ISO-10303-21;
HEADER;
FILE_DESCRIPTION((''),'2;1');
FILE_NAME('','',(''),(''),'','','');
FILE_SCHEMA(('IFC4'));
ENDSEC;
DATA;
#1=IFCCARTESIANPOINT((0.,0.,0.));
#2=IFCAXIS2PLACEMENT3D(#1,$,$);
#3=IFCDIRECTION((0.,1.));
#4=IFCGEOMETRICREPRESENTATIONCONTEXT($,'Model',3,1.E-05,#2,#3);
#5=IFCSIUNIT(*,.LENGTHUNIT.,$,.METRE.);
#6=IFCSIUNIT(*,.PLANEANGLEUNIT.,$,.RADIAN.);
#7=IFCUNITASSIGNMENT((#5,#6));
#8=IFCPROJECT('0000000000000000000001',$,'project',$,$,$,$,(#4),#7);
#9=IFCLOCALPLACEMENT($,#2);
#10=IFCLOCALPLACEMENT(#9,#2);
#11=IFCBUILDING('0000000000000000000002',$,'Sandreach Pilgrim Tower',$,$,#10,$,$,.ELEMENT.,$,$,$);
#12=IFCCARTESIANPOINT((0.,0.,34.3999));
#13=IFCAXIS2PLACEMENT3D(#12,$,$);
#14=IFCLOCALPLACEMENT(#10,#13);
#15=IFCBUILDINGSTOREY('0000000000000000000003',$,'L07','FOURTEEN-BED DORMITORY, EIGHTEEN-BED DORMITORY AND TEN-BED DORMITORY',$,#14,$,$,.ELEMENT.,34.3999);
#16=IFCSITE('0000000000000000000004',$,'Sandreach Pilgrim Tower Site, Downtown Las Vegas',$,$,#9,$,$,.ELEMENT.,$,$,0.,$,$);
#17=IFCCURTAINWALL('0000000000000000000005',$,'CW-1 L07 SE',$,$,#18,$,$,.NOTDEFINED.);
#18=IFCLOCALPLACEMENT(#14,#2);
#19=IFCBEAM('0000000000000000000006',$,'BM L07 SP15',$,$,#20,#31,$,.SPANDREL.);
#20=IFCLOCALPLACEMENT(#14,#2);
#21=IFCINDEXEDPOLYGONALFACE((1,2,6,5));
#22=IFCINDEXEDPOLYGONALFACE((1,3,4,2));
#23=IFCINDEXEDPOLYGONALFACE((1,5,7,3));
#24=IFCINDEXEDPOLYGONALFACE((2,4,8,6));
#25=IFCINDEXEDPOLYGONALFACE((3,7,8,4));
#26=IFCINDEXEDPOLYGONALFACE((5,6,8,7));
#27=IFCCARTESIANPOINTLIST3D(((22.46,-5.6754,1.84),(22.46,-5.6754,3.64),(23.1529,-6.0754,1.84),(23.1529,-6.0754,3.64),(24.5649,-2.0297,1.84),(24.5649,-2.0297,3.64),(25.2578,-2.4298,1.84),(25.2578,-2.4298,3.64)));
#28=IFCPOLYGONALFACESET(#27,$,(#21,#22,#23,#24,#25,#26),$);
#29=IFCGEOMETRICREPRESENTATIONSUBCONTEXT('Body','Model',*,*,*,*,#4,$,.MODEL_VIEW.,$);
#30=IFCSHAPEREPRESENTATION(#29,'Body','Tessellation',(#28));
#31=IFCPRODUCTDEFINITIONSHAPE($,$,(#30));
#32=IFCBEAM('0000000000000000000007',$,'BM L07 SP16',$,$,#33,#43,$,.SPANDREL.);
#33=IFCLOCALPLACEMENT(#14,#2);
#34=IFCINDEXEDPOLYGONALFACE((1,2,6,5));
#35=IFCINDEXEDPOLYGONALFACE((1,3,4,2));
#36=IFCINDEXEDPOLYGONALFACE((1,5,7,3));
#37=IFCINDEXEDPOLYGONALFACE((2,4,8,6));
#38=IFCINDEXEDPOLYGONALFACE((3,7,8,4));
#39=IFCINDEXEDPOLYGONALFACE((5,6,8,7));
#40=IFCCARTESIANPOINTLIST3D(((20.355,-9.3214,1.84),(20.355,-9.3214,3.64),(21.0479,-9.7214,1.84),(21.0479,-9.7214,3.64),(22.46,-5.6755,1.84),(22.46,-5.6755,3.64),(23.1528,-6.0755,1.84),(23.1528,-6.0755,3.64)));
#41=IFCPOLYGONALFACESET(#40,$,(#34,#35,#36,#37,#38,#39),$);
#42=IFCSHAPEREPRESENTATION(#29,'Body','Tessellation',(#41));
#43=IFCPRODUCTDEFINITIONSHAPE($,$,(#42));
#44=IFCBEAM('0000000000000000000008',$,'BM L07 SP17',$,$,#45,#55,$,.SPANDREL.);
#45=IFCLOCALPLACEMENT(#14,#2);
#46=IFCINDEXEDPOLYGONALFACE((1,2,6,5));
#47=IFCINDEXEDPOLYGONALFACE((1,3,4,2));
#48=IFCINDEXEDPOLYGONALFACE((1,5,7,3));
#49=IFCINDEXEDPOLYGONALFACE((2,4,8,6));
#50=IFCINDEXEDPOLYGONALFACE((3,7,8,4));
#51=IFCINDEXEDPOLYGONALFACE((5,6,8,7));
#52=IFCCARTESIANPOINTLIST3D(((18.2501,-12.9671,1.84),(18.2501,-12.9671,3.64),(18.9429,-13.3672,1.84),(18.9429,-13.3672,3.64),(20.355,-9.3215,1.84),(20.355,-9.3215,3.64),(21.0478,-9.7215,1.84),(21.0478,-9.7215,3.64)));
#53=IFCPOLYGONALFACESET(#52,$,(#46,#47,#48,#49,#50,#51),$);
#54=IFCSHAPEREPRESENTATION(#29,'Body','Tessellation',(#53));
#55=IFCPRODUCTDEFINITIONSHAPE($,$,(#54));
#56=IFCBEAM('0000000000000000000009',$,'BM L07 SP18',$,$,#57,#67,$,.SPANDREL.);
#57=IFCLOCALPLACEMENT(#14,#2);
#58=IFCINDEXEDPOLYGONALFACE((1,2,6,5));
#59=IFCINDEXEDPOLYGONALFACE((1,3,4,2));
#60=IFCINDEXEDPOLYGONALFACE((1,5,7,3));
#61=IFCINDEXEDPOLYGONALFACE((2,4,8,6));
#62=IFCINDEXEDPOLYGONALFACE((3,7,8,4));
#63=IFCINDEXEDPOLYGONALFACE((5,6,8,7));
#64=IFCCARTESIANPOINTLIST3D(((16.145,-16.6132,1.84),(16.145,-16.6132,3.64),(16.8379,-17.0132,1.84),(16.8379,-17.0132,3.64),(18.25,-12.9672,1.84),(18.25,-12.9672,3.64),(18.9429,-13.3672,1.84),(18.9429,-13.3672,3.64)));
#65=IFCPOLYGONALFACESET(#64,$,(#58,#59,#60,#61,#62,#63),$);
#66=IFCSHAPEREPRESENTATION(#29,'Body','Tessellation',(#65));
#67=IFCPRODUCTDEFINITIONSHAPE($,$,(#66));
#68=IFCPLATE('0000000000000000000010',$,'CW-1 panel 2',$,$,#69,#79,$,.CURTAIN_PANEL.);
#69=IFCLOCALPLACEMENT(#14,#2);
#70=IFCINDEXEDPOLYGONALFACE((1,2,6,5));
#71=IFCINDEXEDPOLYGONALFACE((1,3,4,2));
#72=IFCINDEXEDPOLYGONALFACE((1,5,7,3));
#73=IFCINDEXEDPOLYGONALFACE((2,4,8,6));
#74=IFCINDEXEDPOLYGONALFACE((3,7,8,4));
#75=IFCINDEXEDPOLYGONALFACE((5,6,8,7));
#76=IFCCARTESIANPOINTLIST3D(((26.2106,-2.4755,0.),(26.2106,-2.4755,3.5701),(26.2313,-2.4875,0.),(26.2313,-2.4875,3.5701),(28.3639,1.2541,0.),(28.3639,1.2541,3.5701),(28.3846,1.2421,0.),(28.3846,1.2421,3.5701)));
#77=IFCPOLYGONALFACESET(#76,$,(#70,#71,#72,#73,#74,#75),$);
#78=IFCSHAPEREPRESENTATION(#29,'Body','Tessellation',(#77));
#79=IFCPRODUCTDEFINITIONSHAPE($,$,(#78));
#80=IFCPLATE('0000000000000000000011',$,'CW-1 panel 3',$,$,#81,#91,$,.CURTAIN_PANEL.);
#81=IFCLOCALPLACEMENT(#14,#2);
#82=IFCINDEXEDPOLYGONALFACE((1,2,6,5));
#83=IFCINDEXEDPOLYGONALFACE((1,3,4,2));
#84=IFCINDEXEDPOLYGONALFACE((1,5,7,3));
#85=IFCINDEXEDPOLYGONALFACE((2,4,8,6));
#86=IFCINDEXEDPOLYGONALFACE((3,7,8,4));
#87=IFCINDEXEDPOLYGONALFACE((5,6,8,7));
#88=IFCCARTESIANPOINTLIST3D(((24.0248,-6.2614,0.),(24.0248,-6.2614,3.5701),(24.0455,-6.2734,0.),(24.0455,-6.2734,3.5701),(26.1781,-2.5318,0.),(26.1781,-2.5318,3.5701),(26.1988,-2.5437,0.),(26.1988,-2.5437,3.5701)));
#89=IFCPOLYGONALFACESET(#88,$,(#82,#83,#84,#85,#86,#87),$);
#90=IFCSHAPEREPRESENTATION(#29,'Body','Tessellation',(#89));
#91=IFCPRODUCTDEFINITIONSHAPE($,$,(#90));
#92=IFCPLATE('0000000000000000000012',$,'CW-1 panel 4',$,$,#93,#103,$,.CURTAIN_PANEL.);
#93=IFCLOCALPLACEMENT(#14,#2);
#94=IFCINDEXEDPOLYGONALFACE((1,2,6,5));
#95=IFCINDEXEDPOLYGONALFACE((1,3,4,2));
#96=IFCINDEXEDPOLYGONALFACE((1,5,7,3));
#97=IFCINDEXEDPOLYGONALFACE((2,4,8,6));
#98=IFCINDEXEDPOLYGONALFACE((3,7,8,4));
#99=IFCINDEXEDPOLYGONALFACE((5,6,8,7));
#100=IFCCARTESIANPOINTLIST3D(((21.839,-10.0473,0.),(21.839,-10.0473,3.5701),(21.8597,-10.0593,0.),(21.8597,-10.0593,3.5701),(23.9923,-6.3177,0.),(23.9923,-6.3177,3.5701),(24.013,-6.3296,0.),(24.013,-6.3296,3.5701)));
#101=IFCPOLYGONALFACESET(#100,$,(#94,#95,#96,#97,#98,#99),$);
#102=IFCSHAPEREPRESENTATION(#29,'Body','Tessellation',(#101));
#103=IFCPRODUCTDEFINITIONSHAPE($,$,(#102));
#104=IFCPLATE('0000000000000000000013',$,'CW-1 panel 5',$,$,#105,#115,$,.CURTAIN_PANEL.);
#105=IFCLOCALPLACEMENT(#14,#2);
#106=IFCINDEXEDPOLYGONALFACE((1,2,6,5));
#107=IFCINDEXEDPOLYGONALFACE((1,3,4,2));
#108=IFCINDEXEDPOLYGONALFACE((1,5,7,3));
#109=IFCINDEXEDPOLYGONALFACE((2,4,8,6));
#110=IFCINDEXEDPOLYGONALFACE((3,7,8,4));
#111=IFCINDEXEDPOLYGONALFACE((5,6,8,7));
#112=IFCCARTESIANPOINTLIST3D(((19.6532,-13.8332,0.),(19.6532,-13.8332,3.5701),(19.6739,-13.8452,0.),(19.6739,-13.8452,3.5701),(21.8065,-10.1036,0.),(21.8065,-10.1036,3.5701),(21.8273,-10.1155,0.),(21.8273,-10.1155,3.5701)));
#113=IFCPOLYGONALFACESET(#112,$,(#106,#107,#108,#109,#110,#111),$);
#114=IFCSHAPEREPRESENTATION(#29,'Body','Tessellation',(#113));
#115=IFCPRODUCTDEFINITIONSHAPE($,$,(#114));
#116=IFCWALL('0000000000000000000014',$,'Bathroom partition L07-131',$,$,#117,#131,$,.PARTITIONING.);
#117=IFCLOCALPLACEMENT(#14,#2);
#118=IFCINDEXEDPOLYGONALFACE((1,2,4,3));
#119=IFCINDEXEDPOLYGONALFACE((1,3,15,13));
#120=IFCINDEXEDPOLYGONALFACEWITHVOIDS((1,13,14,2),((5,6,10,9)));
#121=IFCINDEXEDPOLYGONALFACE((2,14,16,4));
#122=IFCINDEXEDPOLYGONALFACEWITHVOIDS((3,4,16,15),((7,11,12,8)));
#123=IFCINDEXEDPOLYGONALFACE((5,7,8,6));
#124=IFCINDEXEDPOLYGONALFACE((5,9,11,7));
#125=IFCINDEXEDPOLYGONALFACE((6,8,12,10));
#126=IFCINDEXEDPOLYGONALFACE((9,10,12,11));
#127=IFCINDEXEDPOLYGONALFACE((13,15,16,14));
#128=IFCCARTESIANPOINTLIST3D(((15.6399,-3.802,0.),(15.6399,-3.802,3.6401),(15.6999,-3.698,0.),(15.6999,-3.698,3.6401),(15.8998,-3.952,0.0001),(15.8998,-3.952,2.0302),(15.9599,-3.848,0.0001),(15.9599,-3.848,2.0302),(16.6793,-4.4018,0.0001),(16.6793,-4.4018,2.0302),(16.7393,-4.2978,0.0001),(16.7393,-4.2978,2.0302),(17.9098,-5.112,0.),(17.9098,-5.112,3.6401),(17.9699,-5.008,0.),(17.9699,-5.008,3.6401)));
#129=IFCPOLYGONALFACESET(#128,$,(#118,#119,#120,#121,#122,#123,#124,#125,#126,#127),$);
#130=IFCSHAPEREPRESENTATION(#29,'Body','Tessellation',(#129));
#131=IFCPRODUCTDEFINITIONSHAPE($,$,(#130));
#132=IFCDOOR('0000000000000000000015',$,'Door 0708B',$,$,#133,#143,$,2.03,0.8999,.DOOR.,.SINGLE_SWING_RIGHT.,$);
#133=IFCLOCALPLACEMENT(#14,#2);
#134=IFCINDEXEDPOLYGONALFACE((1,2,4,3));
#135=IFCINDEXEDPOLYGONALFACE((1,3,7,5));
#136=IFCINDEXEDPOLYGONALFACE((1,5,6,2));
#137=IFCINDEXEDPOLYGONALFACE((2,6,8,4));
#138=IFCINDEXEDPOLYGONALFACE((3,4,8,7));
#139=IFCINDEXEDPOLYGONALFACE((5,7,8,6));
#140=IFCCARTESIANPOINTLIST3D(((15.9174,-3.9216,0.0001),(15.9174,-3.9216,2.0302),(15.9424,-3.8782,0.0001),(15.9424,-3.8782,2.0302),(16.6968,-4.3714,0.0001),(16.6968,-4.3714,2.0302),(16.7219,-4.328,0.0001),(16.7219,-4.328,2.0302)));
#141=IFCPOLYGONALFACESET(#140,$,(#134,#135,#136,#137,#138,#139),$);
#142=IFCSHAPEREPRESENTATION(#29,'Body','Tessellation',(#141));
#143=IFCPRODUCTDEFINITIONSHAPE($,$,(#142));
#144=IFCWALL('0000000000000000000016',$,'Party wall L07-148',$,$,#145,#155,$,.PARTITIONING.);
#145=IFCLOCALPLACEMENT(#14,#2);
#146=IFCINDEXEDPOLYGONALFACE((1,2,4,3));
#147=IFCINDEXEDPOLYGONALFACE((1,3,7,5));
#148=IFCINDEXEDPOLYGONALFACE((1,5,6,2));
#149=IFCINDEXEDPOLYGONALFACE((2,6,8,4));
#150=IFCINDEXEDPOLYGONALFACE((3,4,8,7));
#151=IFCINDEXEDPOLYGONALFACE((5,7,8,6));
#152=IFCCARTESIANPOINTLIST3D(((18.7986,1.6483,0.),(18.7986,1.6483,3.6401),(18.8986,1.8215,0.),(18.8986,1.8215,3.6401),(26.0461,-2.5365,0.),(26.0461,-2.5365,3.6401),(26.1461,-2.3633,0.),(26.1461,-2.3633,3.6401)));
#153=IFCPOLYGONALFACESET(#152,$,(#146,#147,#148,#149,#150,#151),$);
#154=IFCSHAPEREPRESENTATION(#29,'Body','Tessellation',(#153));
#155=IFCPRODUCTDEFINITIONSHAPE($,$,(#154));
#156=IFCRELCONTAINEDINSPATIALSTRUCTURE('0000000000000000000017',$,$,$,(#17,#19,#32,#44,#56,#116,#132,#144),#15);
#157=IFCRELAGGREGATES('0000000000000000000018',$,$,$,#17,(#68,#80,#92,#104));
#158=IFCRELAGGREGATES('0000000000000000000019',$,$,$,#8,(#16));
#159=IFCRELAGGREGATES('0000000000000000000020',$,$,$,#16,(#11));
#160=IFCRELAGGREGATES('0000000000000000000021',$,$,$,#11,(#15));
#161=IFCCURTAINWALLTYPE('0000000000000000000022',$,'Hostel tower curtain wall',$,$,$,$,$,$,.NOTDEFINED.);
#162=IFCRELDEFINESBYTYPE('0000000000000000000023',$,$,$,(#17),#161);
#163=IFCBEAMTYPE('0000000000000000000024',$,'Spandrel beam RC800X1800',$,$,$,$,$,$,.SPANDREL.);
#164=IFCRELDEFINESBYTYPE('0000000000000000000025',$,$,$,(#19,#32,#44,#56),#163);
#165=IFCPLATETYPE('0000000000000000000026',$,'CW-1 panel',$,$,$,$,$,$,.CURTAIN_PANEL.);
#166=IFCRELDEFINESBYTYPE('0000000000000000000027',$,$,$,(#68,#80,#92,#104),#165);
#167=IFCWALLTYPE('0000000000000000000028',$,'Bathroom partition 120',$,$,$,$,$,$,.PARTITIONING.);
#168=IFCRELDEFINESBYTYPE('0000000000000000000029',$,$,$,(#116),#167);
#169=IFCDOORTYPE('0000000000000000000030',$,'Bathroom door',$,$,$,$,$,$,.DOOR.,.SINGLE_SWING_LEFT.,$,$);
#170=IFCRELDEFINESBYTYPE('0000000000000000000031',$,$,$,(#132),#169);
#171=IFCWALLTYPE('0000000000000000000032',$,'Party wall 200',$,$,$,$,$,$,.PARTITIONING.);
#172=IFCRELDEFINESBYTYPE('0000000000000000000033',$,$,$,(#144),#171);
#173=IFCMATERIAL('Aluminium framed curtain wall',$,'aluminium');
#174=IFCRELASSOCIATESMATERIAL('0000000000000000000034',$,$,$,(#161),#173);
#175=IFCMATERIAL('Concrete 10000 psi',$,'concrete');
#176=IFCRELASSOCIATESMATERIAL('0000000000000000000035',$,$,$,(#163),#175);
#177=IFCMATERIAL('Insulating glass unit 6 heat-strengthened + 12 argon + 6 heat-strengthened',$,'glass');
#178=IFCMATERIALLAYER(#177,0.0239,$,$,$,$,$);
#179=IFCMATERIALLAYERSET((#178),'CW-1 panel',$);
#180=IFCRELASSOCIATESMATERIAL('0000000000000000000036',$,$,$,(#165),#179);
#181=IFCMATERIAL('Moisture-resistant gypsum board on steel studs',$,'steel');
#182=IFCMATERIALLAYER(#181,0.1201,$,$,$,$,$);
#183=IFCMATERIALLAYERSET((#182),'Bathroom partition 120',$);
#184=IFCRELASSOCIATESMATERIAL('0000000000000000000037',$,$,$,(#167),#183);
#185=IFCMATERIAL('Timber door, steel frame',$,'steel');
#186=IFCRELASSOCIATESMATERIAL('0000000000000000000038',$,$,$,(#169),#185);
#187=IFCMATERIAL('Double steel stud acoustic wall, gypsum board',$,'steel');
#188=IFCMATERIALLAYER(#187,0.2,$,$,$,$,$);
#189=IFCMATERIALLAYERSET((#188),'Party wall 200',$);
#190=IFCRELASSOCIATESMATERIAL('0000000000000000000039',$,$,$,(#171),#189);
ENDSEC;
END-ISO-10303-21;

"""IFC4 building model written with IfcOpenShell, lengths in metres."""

from ifc_helpers import new_model, si_unit, direction, frame, frame_2d, origin, origin_2d, place, context, subcontext, project, spatial, rectangle, extrude, material, layer, layer_set, material_profile, profile_set, type_object, element, fill, aggregate, save


model = new_model("IFC4")

# Units and contexts
model_context = context("Model", 3, precision=1e-05, world=origin(), true_north=direction((0.0, 1.0)))
body_context = subcontext(model_context, "Body", "Model", "MODEL_VIEW")
ifc_project = project(units=[si_unit("LENGTHUNIT", "METRE"), si_unit("PLANEANGLEUNIT", "RADIAN")], contexts=[model_context])

# Site, building, storey
site_placement = place(None, origin())
site = spatial("IfcSite", under=ifc_project, at=site_placement, Name="Sandreach Pilgrim Tower Site, Downtown Las Vegas", CompositionType="ELEMENT", RefElevation=0.0)
building_placement = place(site_placement, origin())
building = spatial("IfcBuilding", under=site, at=building_placement, Name="Sandreach Pilgrim Tower", CompositionType="ELEMENT")
storey_placement = place(building_placement, frame((0.0, 0.0, 34.3999)))
storey = spatial("IfcBuildingStorey", under=building, at=storey_placement, Name="L07", Description="FOURTEEN-BED DORMITORY, EIGHTEEN-BED DORMITORY AND TEN-BED DORMITORY", CompositionType="ELEMENT", Elevation=34.3999)

# Curtain wall
ifc_material_1 = material(Name="Aluminium framed curtain wall", Category="aluminium")
curtain_wall_type = type_object("IfcCurtainWallType", Name="Hostel tower curtain wall", PredefinedType="NOTDEFINED", material=ifc_material_1)
curtain_wall_placement = place(storey_placement, origin())
curtain_wall = element("IfcCurtainWall", 1, at=curtain_wall_placement, inside=storey, type_object=curtain_wall_type, Name="CW-1 L07 SE", PredefinedType="NOTDEFINED")

# Beams
ifc_material_2 = material(Name="Concrete 10000 psi", Category="concrete")
ifc_material_profile_1 = material_profile(ifc_material_2, rectangle(XDim=0.8, YDim=1.8, at=origin_2d()), Name="RC800X1800")
ifc_profile_set_1 = profile_set([ifc_material_profile_1], Name="Concrete 10000 psi")
beam_type_1 = type_object("IfcBeamType", Name="Spandrel beam RC800X1800", PredefinedType="SPANDREL", material=ifc_profile_set_1)
beam_1_placement = place(storey_placement, frame((24.9114, -2.2297, 2.74), z_axis=(-0.500019, -0.866015, 0.0), x_axis=(0.866015, -0.500019, 0.0)))
element("IfcBeam", 2, at=beam_1_placement, inside=storey, type_object=beam_type_1, Name="BM L07 SP15", PredefinedType="SPANDREL", context=body_context, shape_type="SweptSolid", body=[
    extrude(rectangle(XDim=0.8, YDim=1.8, at=origin_2d()), origin(), (0.0, 0.0, 1.0), 4.2097),
])
beam_2_placement = place(storey_placement, frame((22.8064, -5.8755, 2.74), z_axis=(-0.499994, -0.866029, 0.0), x_axis=(0.866029, -0.499994, 0.0)))
element("IfcBeam", 3, at=beam_2_placement, inside=storey, type_object=beam_type_1, Name="BM L07 SP16", PredefinedType="SPANDREL", context=body_context, shape_type="SweptSolid", body=[
    extrude(rectangle(XDim=0.8, YDim=1.8, at=origin_2d()), origin(), (0.0, 0.0, 1.0), 4.21),
])
beam_3_placement = place(storey_placement, frame((20.7014, -9.5215, 2.74), z_axis=(-0.500019, -0.866015, 0.0), x_axis=(0.866015, -0.500019, 0.0)))
element("IfcBeam", 4, at=beam_3_placement, inside=storey, type_object=beam_type_1, Name="BM L07 SP17", PredefinedType="SPANDREL", context=body_context, shape_type="SweptSolid", body=[
    extrude(rectangle(XDim=0.8, YDim=1.8, at=origin_2d()), origin(), (0.0, 0.0, 1.0), 4.2097),
])
beam_4_placement = place(storey_placement, frame((18.5964, -13.1672, 2.74), z_axis=(-0.499994, -0.866029, 0.0), x_axis=(0.866029, -0.499994, 0.0)))
element("IfcBeam", 5, at=beam_4_placement, inside=storey, type_object=beam_type_1, Name="BM L07 SP18", PredefinedType="SPANDREL", context=body_context, shape_type="SweptSolid", body=[
    extrude(rectangle(XDim=0.8, YDim=1.8, at=origin_2d()), origin(), (0.0, 0.0, 1.0), 4.21),
])

# Plates
ifc_material_3 = material(Name="Insulating glass unit 6 heat-strengthened + 12 argon + 6 heat-strengthened", Category="glass")
ifc_layer_1 = layer(ifc_material_3, 0.0239)
ifc_layer_set_1 = layer_set([ifc_layer_1], Name="CW-1 panel")
plate_type = type_object("IfcPlateType", Name="CW-1 panel", PredefinedType="CURTAIN_PANEL", material=ifc_layer_set_1)
plate_1_placement = place(storey_placement, frame((27.2976, -0.6167, 0.0), z_axis=(0.0, 0.0, 1.0), x_axis=(-0.5, -0.866025, 0.0)))
plate_1 = element("IfcPlate", 6, at=plate_1_placement, type_object=plate_type, Name="CW-1 panel 2", PredefinedType="CURTAIN_PANEL", context=body_context, shape_type="SweptSolid", body=[
    extrude(rectangle(XDim=4.3066, YDim=0.0239, at=origin_2d()), origin(), (0.0, 0.0, 1.0), 3.5701),
])
plate_2_placement = place(storey_placement, frame((25.1118, -4.4026, 0.0), z_axis=(0.0, 0.0, 1.0), x_axis=(-0.5, -0.866025, 0.0)))
plate_2 = element("IfcPlate", 7, at=plate_2_placement, type_object=plate_type, Name="CW-1 panel 3", PredefinedType="CURTAIN_PANEL", context=body_context, shape_type="SweptSolid", body=[
    extrude(rectangle(XDim=4.3066, YDim=0.0239, at=origin_2d()), origin(), (0.0, 0.0, 1.0), 3.5701),
])
plate_3_placement = place(storey_placement, frame((22.926, -8.1885, 0.0), z_axis=(0.0, 0.0, 1.0), x_axis=(-0.5, -0.866025, 0.0)))
plate_3 = element("IfcPlate", 8, at=plate_3_placement, type_object=plate_type, Name="CW-1 panel 4", PredefinedType="CURTAIN_PANEL", context=body_context, shape_type="SweptSolid", body=[
    extrude(rectangle(XDim=4.3066, YDim=0.0239, at=origin_2d()), origin(), (0.0, 0.0, 1.0), 3.5701),
])
plate_4_placement = place(storey_placement, frame((20.7402, -11.9744, 0.0), z_axis=(0.0, 0.0, 1.0), x_axis=(-0.5, -0.866025, 0.0)))
plate_4 = element("IfcPlate", 9, at=plate_4_placement, type_object=plate_type, Name="CW-1 panel 5", PredefinedType="CURTAIN_PANEL", context=body_context, shape_type="SweptSolid", body=[
    extrude(rectangle(XDim=4.3066, YDim=0.0239, at=origin_2d()), origin(), (0.0, 0.0, 1.0), 3.5701),
])
aggregate(curtain_wall, [plate_1, plate_2, plate_3, plate_4])

# Wall, opening, door
ifc_material_4 = material(Name="Moisture-resistant gypsum board on steel studs", Category="steel")
ifc_layer_2 = layer(ifc_material_4, 0.1201)
ifc_layer_set_2 = layer_set([ifc_layer_2], Name="Bathroom partition 120")
wall_type_1 = type_object("IfcWallType", Name="Bathroom partition 120", PredefinedType="PARTITIONING", material=ifc_layer_set_2)
wall_1_placement = place(storey_placement, frame((17.9399, -5.0601, 0.0), z_axis=(0.0, 0.0, 1.0), x_axis=(-0.866114, 0.499846, 0.0)))
wall_1 = element("IfcWall", 10, at=wall_1_placement, inside=storey, type_object=wall_type_1, Name="Bathroom partition L07-131", PredefinedType="PARTITIONING", context=body_context, shape_type="SweptSolid", body=[
    extrude(rectangle(XDim=2.6208, YDim=0.1201, at=frame_2d((1.3105, 0.0))), origin(), (0.0, 0.0, 1.0), 3.6401),
])
opening_placement = place(wall_1_placement, frame((1.4209, 0.0, 0.0)))
opening = element("IfcOpeningElement", 11, at=opening_placement, cuts=wall_1, PredefinedType="OPENING", context=body_context, shape_type="SweptSolid", body=[
    extrude(rectangle(XDim=0.8999, YDim=2.03, at=frame_2d((0.45, 1.0151))), frame((0.0, 0.0601, 0.0), z_axis=(0.0, -1.0, 0.0), x_axis=(1.0, 0.0, 0.0)), (0.0, 0.0, 1.0), 0.1201),
])
ifc_material_5 = material(Name="Timber door, steel frame", Category="steel")
door_type = type_object("IfcDoorType", Name="Bathroom door", OperationType="SINGLE_SWING_LEFT", PredefinedType="DOOR", material=ifc_material_5)
door_placement = place(opening_placement, origin())
door = element("IfcDoor", 12, at=door_placement, inside=storey, type_object=door_type, Name="Door 0708B", OperationType="SINGLE_SWING_RIGHT", OverallHeight=2.03, OverallWidth=0.8999, PredefinedType="DOOR", context=body_context, shape_type="SweptSolid", body=[
    extrude(rectangle(XDim=0.8999, YDim=2.03, at=frame_2d((0.45, 1.0151))), frame((0.0, 0.0249, 0.0), z_axis=(0.0, -1.0, 0.0), x_axis=(1.0, 0.0, 0.0)), (0.0, 0.0, 1.0), 0.05),
])
fill(opening, door)

# Wall
ifc_material_6 = material(Name="Double steel stud acoustic wall, gypsum board", Category="steel")
ifc_layer_3 = layer(ifc_material_6, 0.2)
ifc_layer_set_3 = layer_set([ifc_layer_3], Name="Party wall 200")
wall_type_2 = type_object("IfcWallType", Name="Party wall 200", PredefinedType="PARTITIONING", material=ifc_layer_set_3)
wall_2_placement = place(storey_placement, frame((26.0962, -2.45, 0.0), z_axis=(0.0, 0.0, 1.0), x_axis=(-0.866003, 0.500039, 0.0)))
element("IfcWall", 13, at=wall_2_placement, inside=storey, type_object=wall_type_2, Name="Party wall L07-148", PredefinedType="PARTITIONING", context=body_context, shape_type="SweptSolid", body=[
    extrude(rectangle(XDim=8.3689, YDim=0.2, at=frame_2d((4.1846, 0.0))), origin(), (0.0, 0.0, 1.0), 3.6401),
])

save(model, "model.ifc")
